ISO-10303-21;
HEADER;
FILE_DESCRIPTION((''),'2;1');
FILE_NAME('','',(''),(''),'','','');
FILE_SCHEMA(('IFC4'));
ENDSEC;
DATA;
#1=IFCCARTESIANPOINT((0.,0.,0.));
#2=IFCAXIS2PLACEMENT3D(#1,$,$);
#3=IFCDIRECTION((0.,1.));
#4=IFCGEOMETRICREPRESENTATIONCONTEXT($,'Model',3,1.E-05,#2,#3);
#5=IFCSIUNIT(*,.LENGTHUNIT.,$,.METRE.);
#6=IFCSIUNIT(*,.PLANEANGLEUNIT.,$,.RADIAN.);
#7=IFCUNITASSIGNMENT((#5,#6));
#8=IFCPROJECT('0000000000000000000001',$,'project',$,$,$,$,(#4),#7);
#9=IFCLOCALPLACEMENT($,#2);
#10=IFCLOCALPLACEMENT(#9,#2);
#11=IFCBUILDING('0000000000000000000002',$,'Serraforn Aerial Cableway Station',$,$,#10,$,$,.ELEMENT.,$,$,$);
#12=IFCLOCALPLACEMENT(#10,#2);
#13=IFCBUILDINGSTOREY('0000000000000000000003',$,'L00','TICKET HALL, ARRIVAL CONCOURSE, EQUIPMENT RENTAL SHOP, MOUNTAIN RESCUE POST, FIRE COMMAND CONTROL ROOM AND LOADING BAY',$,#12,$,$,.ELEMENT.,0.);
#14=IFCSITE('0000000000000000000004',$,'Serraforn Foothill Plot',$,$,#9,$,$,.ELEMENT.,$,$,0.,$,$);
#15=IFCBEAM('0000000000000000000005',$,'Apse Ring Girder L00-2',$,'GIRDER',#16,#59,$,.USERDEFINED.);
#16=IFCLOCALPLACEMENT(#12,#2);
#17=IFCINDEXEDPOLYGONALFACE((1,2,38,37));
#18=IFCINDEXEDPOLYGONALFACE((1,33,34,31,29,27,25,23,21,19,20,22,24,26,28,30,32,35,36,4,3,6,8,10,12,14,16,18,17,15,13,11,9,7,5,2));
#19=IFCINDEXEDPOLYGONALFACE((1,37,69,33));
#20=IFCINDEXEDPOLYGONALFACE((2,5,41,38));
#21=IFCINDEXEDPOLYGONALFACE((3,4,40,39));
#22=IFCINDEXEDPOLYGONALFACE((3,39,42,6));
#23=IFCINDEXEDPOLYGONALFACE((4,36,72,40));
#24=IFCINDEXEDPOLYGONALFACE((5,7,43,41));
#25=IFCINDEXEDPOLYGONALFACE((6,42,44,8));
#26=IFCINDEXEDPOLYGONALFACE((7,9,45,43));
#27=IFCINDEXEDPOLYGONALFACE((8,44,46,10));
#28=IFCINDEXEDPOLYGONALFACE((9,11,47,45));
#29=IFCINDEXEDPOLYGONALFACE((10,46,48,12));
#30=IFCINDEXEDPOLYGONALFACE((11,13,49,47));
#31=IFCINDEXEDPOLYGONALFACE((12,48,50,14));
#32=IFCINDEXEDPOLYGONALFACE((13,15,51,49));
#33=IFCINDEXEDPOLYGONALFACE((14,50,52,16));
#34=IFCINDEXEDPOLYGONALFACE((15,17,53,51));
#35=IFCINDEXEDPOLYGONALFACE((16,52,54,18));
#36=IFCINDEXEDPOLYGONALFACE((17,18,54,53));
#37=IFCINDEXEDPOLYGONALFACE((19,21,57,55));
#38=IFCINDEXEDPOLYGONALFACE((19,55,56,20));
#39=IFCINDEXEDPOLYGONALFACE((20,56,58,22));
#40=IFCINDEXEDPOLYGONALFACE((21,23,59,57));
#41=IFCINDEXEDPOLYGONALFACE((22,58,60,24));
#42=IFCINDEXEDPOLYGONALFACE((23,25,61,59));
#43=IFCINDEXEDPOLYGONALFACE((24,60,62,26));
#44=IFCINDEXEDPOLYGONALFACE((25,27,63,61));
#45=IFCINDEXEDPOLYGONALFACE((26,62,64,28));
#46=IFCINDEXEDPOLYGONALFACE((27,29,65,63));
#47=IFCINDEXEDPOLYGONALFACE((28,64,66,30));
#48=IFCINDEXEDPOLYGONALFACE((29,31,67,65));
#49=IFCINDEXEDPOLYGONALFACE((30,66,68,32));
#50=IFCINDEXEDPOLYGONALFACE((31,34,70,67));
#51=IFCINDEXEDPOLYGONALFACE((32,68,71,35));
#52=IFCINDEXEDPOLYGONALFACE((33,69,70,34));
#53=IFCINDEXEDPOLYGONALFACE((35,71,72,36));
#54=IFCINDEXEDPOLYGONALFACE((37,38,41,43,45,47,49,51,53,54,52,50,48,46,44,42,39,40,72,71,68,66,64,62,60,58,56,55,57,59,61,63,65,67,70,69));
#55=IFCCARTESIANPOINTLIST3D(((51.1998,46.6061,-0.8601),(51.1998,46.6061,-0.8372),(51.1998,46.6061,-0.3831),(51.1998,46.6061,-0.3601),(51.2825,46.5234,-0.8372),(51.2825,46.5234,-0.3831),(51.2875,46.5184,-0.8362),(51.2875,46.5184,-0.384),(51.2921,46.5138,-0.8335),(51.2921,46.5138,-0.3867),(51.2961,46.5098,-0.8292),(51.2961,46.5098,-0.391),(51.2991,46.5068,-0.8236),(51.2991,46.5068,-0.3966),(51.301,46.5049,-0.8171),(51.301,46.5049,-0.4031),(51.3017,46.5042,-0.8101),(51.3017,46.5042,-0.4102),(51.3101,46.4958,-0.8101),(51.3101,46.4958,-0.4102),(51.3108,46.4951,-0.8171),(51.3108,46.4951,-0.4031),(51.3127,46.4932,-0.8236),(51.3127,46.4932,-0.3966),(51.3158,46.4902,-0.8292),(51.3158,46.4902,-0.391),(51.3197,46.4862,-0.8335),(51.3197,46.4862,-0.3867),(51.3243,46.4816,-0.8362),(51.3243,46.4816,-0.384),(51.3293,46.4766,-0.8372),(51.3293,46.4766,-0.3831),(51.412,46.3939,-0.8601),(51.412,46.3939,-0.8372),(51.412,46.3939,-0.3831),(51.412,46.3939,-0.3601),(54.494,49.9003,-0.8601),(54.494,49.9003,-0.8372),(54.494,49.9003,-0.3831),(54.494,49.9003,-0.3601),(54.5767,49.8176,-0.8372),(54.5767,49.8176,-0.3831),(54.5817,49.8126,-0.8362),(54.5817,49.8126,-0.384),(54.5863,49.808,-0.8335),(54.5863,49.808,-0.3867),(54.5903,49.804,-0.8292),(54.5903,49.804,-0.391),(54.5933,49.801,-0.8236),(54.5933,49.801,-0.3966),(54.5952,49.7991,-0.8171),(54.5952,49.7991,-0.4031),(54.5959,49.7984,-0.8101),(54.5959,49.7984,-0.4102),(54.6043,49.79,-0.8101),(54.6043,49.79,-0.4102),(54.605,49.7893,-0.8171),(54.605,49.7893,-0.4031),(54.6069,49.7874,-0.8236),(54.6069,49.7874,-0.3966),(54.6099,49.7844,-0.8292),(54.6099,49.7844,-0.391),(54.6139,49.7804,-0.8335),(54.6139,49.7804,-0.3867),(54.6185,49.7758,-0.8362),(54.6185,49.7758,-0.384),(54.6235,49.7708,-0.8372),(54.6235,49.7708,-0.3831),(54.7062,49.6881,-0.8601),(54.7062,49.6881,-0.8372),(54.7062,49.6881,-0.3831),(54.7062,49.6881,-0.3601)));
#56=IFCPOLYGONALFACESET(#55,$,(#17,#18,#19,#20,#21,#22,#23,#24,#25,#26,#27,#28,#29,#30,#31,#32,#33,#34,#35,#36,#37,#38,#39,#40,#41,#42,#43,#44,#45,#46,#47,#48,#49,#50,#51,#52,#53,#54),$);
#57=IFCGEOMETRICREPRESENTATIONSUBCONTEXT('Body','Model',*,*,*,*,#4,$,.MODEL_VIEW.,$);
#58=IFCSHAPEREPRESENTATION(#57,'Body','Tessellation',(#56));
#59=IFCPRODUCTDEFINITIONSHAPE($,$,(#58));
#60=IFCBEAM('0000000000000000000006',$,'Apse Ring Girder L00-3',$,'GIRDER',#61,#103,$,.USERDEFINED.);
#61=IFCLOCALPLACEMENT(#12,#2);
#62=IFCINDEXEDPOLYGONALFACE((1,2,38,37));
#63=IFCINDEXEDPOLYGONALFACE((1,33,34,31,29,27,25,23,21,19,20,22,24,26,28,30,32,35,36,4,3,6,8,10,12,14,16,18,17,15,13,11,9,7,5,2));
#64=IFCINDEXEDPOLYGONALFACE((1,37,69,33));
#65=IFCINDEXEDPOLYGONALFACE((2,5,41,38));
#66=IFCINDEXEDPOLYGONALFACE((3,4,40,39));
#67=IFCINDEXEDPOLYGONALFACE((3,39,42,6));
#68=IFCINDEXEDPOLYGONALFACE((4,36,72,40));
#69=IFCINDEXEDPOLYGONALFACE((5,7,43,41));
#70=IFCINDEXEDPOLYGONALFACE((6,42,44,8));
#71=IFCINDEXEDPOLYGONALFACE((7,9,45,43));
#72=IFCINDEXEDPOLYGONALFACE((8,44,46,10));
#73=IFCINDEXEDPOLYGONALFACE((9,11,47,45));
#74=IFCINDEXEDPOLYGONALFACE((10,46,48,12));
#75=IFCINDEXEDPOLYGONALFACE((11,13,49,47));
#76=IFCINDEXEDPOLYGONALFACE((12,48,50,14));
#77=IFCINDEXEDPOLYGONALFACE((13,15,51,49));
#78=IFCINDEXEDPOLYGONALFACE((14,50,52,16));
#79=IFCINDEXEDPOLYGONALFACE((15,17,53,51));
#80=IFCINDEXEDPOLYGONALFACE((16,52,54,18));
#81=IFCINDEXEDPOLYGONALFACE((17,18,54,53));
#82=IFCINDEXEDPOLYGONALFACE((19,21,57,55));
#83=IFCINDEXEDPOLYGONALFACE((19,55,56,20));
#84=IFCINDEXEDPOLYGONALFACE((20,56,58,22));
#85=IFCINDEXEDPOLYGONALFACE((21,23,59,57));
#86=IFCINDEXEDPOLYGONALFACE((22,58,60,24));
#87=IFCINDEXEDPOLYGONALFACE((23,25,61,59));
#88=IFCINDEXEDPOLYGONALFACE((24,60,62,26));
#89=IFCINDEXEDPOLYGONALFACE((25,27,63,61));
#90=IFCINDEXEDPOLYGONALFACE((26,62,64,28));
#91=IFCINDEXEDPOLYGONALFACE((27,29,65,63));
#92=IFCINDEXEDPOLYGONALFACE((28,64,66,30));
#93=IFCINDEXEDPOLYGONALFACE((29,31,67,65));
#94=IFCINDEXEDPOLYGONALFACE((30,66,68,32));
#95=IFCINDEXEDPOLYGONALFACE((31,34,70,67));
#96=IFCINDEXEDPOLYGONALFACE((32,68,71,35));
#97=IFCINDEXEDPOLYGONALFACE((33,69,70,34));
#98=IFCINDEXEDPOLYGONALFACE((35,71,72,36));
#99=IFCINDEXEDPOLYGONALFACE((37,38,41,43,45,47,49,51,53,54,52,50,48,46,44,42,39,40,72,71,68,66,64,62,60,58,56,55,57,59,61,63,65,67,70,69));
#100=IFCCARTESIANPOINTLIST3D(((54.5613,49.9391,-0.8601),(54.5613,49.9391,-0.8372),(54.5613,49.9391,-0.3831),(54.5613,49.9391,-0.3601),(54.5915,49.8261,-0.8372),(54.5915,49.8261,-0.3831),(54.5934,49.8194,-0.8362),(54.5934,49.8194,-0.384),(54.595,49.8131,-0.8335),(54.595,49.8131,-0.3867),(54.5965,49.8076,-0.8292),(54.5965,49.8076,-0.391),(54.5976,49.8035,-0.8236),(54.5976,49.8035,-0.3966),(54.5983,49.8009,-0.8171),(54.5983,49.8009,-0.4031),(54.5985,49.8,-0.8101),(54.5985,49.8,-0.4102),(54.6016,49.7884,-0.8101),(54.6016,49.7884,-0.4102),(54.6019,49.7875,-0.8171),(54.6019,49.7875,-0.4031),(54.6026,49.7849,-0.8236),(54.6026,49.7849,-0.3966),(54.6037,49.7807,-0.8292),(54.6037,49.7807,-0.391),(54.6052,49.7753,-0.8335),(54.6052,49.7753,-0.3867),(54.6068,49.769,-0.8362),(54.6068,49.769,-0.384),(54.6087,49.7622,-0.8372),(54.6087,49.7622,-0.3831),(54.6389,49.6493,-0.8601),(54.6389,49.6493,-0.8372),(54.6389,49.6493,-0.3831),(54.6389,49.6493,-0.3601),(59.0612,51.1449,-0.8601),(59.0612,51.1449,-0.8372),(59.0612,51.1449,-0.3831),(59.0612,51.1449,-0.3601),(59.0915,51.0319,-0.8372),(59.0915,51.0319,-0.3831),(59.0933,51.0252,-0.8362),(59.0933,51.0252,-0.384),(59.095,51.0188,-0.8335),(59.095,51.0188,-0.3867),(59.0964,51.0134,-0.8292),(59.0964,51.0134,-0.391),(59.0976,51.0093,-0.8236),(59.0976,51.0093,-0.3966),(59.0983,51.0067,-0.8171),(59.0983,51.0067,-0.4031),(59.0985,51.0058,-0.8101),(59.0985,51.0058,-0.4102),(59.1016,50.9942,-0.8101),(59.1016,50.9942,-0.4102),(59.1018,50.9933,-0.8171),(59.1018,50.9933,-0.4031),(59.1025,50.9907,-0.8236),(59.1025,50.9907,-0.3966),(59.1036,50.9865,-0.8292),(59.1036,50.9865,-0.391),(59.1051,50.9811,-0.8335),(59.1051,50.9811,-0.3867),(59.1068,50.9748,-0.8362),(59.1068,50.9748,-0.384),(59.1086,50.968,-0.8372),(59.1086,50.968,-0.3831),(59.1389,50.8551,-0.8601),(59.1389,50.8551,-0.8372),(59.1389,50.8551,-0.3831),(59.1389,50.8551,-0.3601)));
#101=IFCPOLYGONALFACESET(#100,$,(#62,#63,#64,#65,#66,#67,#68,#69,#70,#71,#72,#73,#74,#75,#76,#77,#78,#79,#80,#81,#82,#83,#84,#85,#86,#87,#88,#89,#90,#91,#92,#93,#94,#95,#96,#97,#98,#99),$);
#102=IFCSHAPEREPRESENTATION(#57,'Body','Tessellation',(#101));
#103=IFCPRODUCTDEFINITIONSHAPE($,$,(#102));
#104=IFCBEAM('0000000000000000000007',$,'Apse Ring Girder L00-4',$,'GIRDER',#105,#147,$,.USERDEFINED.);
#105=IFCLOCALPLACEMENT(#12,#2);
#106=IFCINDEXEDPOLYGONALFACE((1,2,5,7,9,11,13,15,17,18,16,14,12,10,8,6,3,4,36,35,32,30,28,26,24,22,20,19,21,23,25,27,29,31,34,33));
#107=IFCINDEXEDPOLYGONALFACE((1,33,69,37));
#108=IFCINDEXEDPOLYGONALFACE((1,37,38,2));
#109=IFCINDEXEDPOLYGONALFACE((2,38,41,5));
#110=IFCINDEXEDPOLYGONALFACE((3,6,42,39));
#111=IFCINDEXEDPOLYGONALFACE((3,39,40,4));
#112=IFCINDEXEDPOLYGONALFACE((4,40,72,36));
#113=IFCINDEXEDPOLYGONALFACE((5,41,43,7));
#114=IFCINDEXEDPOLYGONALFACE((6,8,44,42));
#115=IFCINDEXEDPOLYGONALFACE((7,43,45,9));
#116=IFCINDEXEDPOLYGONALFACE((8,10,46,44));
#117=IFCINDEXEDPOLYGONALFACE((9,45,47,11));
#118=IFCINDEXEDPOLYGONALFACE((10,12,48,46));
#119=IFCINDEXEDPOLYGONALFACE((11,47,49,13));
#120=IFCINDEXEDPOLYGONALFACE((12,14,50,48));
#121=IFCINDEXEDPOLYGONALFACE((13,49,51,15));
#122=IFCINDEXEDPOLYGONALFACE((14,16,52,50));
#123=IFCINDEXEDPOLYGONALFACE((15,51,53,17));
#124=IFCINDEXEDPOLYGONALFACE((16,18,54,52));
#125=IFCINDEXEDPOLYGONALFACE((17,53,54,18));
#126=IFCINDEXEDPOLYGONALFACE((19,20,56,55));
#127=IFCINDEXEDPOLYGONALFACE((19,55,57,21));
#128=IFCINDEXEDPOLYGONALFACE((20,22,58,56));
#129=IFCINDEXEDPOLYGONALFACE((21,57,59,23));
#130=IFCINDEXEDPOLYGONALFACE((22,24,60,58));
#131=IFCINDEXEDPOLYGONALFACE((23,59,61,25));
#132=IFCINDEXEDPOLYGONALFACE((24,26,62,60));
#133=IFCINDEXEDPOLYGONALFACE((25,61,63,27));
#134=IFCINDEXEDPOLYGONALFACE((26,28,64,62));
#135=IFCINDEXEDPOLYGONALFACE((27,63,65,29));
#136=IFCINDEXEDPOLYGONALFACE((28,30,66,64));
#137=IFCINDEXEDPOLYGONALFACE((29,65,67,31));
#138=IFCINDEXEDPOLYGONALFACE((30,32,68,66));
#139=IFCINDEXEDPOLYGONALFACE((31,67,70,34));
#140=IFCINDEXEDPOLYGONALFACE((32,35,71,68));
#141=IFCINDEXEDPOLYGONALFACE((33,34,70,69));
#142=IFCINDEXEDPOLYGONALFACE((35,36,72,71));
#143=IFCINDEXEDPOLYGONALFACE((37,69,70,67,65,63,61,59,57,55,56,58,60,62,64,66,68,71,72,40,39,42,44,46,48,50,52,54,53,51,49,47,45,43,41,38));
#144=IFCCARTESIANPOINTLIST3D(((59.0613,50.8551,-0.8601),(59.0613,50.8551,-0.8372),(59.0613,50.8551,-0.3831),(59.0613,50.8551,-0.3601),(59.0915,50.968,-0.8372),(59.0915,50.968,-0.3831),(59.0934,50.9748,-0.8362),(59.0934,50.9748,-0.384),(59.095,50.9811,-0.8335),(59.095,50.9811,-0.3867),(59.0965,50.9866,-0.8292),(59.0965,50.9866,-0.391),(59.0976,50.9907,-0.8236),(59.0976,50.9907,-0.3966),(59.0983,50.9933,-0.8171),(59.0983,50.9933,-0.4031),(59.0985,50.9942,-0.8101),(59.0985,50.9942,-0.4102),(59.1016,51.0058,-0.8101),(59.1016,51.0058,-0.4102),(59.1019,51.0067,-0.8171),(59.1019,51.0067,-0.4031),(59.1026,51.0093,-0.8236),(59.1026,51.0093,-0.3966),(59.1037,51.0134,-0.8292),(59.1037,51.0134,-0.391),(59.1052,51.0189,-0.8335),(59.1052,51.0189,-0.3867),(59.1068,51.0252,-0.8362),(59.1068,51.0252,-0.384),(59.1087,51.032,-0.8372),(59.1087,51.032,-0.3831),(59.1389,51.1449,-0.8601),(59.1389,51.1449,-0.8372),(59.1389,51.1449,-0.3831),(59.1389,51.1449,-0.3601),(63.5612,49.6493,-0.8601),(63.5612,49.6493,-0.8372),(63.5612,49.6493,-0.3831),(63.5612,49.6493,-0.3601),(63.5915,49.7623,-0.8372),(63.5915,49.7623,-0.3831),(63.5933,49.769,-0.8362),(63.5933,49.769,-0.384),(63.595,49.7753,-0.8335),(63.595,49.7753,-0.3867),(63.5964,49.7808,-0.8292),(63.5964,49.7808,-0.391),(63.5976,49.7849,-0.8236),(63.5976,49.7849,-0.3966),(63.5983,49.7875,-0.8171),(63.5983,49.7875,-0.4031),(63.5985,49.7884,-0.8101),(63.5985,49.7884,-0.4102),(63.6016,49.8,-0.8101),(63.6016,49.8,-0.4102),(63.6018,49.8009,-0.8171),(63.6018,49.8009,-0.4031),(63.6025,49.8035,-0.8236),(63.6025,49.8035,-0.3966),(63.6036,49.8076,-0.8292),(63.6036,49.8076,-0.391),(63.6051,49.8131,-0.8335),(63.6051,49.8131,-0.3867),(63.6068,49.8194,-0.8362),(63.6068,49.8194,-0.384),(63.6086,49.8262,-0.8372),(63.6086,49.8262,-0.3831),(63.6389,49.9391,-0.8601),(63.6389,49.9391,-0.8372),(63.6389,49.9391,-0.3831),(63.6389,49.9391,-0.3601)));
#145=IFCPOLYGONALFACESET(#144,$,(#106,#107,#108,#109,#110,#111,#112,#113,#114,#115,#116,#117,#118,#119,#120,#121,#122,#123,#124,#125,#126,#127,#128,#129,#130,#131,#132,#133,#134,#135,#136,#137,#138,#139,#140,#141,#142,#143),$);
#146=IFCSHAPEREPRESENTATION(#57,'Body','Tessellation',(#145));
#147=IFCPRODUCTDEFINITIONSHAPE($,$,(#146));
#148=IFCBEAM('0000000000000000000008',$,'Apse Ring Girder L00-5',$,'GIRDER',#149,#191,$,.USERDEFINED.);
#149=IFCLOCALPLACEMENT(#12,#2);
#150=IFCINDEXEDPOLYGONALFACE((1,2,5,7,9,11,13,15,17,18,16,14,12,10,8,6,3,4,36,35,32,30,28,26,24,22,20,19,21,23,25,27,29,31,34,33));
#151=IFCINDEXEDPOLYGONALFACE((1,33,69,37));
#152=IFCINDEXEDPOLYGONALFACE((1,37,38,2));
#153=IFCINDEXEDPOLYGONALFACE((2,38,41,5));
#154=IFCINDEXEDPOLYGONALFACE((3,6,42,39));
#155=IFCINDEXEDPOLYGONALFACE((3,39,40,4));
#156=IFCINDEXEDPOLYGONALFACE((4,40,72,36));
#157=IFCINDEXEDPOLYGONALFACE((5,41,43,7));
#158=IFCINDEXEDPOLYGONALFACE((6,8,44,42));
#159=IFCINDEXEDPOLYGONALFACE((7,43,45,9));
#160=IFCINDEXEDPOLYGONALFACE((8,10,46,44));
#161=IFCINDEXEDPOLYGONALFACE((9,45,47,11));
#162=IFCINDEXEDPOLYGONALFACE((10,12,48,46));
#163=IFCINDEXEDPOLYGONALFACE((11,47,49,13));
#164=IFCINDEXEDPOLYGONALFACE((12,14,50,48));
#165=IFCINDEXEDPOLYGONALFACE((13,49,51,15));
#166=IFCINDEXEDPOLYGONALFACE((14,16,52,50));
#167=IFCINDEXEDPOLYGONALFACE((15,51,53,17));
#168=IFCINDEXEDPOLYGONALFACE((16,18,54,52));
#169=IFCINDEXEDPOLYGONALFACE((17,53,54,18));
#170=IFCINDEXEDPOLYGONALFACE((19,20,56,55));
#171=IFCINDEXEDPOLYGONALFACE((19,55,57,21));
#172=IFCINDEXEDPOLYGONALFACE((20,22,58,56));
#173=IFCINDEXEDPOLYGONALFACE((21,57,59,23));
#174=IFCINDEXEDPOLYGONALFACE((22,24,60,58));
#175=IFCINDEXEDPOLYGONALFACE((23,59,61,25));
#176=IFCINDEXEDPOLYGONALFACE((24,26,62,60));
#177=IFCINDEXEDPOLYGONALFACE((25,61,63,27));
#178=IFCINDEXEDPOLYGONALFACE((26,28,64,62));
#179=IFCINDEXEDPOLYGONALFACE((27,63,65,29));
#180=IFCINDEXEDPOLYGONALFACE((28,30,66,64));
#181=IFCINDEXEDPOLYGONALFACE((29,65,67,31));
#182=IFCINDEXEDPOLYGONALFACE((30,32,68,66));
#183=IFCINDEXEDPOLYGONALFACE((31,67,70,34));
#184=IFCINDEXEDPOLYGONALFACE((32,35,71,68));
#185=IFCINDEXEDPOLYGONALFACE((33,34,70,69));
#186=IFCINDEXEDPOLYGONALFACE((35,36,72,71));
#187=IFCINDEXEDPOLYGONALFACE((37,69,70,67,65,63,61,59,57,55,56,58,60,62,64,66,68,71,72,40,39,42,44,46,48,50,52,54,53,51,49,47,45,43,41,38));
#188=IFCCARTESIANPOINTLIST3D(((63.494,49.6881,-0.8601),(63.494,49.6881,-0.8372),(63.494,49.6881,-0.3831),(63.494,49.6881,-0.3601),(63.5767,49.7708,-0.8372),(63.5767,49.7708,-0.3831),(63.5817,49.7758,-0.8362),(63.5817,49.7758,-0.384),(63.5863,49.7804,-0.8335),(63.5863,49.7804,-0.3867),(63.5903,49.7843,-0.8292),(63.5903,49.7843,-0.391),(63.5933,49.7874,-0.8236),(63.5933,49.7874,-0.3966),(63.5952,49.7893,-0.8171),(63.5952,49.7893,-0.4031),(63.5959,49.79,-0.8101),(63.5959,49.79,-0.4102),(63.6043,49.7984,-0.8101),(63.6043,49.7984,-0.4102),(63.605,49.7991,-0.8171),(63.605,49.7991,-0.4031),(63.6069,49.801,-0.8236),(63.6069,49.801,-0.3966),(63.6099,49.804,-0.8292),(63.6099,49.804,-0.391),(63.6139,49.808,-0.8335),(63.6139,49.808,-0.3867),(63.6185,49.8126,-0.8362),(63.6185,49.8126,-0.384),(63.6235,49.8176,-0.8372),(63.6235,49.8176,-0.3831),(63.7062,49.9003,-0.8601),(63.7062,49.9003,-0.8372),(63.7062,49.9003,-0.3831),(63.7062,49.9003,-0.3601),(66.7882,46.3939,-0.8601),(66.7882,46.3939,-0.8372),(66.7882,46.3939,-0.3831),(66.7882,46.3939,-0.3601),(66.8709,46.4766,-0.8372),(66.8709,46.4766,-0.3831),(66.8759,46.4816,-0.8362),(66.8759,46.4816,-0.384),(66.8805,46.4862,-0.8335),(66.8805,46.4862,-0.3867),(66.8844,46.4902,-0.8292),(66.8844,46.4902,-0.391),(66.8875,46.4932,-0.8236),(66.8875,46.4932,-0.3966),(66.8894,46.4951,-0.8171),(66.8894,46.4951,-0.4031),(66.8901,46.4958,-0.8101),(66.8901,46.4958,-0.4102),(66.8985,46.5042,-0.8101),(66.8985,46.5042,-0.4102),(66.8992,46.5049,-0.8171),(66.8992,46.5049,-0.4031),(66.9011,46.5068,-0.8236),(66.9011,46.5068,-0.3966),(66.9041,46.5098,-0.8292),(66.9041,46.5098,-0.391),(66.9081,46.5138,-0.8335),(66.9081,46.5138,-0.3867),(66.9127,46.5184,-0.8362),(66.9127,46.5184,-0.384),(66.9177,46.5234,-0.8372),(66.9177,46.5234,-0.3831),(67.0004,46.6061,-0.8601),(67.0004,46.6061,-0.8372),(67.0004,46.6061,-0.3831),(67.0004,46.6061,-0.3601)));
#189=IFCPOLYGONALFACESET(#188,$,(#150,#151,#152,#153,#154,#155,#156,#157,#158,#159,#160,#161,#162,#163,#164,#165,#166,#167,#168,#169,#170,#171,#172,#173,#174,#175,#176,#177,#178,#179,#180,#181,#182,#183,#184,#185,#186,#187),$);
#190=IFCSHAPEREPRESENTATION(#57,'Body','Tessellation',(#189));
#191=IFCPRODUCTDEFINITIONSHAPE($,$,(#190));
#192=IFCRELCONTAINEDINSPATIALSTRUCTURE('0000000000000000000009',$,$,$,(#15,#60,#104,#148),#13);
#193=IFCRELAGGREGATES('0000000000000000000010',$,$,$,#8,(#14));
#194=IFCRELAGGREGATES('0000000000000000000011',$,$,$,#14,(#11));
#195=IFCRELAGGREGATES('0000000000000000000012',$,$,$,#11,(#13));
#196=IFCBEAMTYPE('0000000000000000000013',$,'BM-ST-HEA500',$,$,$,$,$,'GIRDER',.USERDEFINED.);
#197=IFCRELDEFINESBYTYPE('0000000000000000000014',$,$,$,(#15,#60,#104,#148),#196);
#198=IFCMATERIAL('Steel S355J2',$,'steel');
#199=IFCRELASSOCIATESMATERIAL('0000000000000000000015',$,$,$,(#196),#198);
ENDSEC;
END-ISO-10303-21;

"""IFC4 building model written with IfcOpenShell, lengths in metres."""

from ifc_helpers import new_model, si_unit, direction, frame, origin, origin_2d, place, context, subcontext, project, spatial, i_section, extrude, material, material_profile, profile_set, type_object, element, save


model = new_model("IFC4")

# Units and contexts
model_context = context("Model", 3, precision=1e-05, world=origin(), true_north=direction((0.0, 1.0)))
body_context = subcontext(model_context, "Body", "Model", "MODEL_VIEW")
ifc_project = project(units=[si_unit("LENGTHUNIT", "METRE"), si_unit("PLANEANGLEUNIT", "RADIAN")], contexts=[model_context])

# Site, building, storey
site_placement = place(None, origin())
site = spatial("IfcSite", under=ifc_project, at=site_placement, Name="Serraforn Foothill Plot", CompositionType="ELEMENT", RefElevation=0.0)
building_placement = place(site_placement, origin())
building = spatial("IfcBuilding", under=site, at=building_placement, Name="Serraforn Aerial Cableway Station", CompositionType="ELEMENT")
storey_placement = place(building_placement, origin())
storey = spatial("IfcBuildingStorey", under=building, at=storey_placement, Name="L00", Description="TICKET HALL, ARRIVAL CONCOURSE, EQUIPMENT RENTAL SHOP, MOUNTAIN RESCUE POST, FIRE COMMAND CONTROL ROOM AND LOADING BAY", CompositionType="ELEMENT", Elevation=0.0)

# Beams
ifc_material_1 = material(Name="Steel S355J2", Category="steel")
ifc_material_profile_1 = material_profile(ifc_material_1, i_section(OverallWidth=0.3, OverallDepth=0.5, WebThickness=0.012, FlangeThickness=0.0229, FilletRadius=0.0271, at=origin_2d()), Name="HEA 500")
ifc_profile_set_1 = profile_set([ifc_material_profile_1], Name="Steel S355J2")
beam_type_1 = type_object("IfcBeamType", Name="BM-ST-HEA500", ElementType="GIRDER", PredefinedType="USERDEFINED", material=ifc_profile_set_1)
for number, where, z_axis, x_axis, name in (
    (1, (51.3059, 46.5, -0.6101), (0.707107, 0.707107, 0.0), (-0.707107, 0.707107, 0.0), "Apse Ring Girder L00-2"),
    (2, (54.6001, 49.7942, -0.6101), (0.965924, 0.258827, 0.0), (-0.258827, 0.965924, 0.0), "Apse Ring Girder L00-3"),
    (3, (59.1001, 51.0, -0.6101), (0.965924, -0.258827, 0.0), (0.258827, 0.965924, 0.0), "Apse Ring Girder L00-4"),
    (4, (63.6001, 49.7942, -0.6101), (0.707107, -0.707107, 0.0), (0.707107, 0.707107, 0.0), "Apse Ring Girder L00-5"),
):
    element("IfcBeam", number, at=place(storey_placement, frame(where, z_axis=z_axis, x_axis=x_axis)), inside=storey, type_object=beam_type_1, Name=name, ObjectType="GIRDER", PredefinedType="USERDEFINED", context=body_context, shape_type="SweptSolid", body=[
        extrude(i_section(OverallWidth=0.3, OverallDepth=0.5, WebThickness=0.012, FlangeThickness=0.0229, FilletRadius=0.0271, at=origin_2d()), origin(), (0.0, 0.0, 1.0), 4.6587),
    ])

save(model, "model.ifc")
